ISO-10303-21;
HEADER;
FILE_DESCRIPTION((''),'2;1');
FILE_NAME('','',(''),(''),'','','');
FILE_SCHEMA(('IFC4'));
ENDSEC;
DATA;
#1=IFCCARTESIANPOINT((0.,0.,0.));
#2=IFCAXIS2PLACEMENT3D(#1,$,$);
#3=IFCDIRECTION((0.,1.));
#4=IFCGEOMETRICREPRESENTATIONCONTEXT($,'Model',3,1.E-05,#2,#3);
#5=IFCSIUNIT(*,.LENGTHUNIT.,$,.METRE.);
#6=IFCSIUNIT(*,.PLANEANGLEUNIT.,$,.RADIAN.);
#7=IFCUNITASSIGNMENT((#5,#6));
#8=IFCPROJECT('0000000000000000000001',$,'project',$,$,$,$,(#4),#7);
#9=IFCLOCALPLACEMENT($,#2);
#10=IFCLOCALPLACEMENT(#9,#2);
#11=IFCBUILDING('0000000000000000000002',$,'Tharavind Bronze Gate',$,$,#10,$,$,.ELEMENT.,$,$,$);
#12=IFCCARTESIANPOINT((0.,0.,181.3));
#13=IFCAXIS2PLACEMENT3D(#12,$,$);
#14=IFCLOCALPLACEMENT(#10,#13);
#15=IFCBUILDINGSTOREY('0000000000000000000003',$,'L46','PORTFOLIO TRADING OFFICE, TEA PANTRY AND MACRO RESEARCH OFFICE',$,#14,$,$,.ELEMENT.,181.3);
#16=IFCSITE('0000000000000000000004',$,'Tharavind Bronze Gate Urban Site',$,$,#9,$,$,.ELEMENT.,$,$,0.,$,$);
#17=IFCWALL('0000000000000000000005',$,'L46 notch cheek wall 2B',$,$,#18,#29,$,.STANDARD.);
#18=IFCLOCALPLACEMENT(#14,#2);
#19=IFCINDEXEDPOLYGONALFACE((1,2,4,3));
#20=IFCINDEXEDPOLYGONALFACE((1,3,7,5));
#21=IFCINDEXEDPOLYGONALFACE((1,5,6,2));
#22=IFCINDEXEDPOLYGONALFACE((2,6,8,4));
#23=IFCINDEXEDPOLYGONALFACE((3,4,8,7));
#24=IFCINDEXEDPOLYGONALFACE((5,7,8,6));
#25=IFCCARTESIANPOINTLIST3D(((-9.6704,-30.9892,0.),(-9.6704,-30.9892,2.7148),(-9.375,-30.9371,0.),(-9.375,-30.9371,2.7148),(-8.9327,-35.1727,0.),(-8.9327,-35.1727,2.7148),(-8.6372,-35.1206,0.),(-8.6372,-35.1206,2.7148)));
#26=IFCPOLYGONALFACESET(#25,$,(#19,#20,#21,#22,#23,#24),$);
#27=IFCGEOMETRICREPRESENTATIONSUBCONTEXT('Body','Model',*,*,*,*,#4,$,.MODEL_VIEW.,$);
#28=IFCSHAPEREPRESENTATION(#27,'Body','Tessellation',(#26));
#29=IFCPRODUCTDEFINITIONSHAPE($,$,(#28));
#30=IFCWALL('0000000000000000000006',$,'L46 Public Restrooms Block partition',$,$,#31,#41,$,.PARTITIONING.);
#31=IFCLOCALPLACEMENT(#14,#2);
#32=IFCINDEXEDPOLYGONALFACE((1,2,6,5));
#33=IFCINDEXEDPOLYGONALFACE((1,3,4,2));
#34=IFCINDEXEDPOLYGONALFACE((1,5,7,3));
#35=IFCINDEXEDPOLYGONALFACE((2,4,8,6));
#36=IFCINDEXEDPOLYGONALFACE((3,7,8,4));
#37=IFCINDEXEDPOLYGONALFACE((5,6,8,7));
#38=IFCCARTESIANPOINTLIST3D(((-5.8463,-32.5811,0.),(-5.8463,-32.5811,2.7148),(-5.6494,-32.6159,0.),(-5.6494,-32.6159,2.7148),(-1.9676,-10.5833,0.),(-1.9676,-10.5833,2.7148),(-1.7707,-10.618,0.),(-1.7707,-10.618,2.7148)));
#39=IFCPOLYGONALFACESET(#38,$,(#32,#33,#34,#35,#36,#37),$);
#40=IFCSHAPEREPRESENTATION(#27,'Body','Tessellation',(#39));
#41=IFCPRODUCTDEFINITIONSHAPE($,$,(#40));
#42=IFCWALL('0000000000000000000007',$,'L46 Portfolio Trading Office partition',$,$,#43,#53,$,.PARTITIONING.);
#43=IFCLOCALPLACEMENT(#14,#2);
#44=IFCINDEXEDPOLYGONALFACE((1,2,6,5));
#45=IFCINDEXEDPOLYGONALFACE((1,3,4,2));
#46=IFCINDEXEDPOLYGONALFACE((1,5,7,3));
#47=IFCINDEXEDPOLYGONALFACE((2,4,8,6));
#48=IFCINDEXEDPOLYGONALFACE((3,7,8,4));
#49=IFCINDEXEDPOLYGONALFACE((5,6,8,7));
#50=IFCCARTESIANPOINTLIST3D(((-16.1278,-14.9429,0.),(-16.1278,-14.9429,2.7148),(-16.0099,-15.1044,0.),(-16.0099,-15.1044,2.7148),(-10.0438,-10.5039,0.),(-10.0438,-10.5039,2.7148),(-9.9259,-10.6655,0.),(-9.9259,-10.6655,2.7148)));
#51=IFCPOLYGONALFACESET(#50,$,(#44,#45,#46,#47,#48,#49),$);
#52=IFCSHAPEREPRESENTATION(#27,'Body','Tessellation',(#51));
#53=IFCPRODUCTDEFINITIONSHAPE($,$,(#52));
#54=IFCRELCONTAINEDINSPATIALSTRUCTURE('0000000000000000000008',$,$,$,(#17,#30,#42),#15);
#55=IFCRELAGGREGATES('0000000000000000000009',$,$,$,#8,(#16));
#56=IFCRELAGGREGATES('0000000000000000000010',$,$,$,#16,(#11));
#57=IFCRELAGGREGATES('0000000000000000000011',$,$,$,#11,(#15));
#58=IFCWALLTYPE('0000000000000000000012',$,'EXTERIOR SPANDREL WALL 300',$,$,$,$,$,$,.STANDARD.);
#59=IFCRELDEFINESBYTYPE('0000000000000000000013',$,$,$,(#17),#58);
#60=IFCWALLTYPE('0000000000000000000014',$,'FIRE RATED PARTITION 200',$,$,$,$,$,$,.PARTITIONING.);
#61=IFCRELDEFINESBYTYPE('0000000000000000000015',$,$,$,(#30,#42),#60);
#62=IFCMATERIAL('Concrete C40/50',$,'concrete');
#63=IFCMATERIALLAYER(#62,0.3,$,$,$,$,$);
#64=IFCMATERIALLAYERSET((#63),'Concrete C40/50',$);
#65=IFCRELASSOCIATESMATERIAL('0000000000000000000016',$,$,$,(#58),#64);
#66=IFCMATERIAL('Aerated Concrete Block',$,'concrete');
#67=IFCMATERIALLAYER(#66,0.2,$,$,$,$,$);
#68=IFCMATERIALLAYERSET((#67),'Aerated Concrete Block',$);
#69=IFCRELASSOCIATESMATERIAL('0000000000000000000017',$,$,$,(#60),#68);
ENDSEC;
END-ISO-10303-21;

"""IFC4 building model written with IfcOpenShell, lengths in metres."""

from ifc_helpers import new_model, si_unit, direction, frame, frame_2d, origin, place, context, subcontext, project, spatial, rectangle, extrude, material, layer, layer_set, type_object, element, save


model = new_model("IFC4")

# Units and contexts
model_context = context("Model", 3, precision=1e-05, world=origin(), true_north=direction((0.0, 1.0)))
body_context = subcontext(model_context, "Body", "Model", "MODEL_VIEW")
ifc_project = project(units=[si_unit("LENGTHUNIT", "METRE"), si_unit("PLANEANGLEUNIT", "RADIAN")], contexts=[model_context])

# Site, building, storey
site_placement = place(None, origin())
site = spatial("IfcSite", under=ifc_project, at=site_placement, Name="Tharavind Bronze Gate Urban Site", CompositionType="ELEMENT", RefElevation=0.0)
building_placement = place(site_placement, origin())
building = spatial("IfcBuilding", under=site, at=building_placement, Name="Tharavind Bronze Gate", CompositionType="ELEMENT")
storey_placement = place(building_placement, frame((0.0, 0.0, 181.3)))
storey = spatial("IfcBuildingStorey", under=building, at=storey_placement, Name="L46", Description="PORTFOLIO TRADING OFFICE, TEA PANTRY AND MACRO RESEARCH OFFICE", CompositionType="ELEMENT", Elevation=181.3)

# Walls
ifc_material_1 = material(Name="Concrete C40/50", Category="concrete")
ifc_layer_1 = layer(ifc_material_1, 0.3)
ifc_layer_set_1 = layer_set([ifc_layer_1], Name="Concrete C40/50")
wall_type_1 = type_object("IfcWallType", Name="EXTERIOR SPANDREL WALL 300", PredefinedType="STANDARD", material=ifc_layer_set_1)
for number, where, z_axis, x_axis, name in (
    (1, (-9.5227, -30.9631, 0.0), (0.0, 0.0, 1.0), (0.173674, -0.984803, 0.0), "L46 notch cheek wall 2B"),
):
    element("IfcWall", number, at=place(storey_placement, frame(where, z_axis=z_axis, x_axis=x_axis)), inside=storey, type_object=wall_type_1, Name=name, PredefinedType="STANDARD", context=body_context, shape_type="SweptSolid", body=[
        extrude(rectangle(XDim=4.248, YDim=0.3, at=frame_2d((2.124, 0.0))), origin(), (0.0, 0.0, 1.0), 2.7148),
    ])
ifc_material_2 = material(Name="Aerated Concrete Block", Category="concrete")
ifc_layer_2 = layer(ifc_material_2, 0.2)
ifc_layer_set_2 = layer_set([ifc_layer_2], Name="Aerated Concrete Block")
wall_type_2 = type_object("IfcWallType", Name="FIRE RATED PARTITION 200", PredefinedType="PARTITIONING", material=ifc_layer_set_2)
wall_1_placement = place(storey_placement, frame((-5.7478, -32.5984, 0.0), z_axis=(0.0, 0.0, 1.0), x_axis=(0.173642, 0.984809, 0.0)))
element("IfcWall", 2, at=wall_1_placement, inside=storey, type_object=wall_type_2, Name="L46 Public Restrooms Block partition", PredefinedType="PARTITIONING", context=body_context, shape_type="SweptSolid", body=[
    extrude(rectangle(XDim=22.3372, YDim=0.2, at=frame_2d((11.1685, 0.0))), origin(), (0.0, 0.0, 1.0), 2.7148),
])
wall_2_placement = place(storey_placement, frame((-16.0688, -15.0237, 0.0), z_axis=(0.0, 0.0, 1.0), x_axis=(0.807835, 0.589408, 0.0)))
element("IfcWall", 3, at=wall_2_placement, inside=storey, type_object=wall_type_2, Name="L46 Portfolio Trading Office partition", PredefinedType="PARTITIONING", context=body_context, shape_type="SweptSolid", body=[
    extrude(rectangle(XDim=7.5312, YDim=0.2, at=frame_2d((3.7656, 0.0))), origin(), (0.0, 0.0, 1.0), 2.7148),
])

save(model, "model.ifc")
